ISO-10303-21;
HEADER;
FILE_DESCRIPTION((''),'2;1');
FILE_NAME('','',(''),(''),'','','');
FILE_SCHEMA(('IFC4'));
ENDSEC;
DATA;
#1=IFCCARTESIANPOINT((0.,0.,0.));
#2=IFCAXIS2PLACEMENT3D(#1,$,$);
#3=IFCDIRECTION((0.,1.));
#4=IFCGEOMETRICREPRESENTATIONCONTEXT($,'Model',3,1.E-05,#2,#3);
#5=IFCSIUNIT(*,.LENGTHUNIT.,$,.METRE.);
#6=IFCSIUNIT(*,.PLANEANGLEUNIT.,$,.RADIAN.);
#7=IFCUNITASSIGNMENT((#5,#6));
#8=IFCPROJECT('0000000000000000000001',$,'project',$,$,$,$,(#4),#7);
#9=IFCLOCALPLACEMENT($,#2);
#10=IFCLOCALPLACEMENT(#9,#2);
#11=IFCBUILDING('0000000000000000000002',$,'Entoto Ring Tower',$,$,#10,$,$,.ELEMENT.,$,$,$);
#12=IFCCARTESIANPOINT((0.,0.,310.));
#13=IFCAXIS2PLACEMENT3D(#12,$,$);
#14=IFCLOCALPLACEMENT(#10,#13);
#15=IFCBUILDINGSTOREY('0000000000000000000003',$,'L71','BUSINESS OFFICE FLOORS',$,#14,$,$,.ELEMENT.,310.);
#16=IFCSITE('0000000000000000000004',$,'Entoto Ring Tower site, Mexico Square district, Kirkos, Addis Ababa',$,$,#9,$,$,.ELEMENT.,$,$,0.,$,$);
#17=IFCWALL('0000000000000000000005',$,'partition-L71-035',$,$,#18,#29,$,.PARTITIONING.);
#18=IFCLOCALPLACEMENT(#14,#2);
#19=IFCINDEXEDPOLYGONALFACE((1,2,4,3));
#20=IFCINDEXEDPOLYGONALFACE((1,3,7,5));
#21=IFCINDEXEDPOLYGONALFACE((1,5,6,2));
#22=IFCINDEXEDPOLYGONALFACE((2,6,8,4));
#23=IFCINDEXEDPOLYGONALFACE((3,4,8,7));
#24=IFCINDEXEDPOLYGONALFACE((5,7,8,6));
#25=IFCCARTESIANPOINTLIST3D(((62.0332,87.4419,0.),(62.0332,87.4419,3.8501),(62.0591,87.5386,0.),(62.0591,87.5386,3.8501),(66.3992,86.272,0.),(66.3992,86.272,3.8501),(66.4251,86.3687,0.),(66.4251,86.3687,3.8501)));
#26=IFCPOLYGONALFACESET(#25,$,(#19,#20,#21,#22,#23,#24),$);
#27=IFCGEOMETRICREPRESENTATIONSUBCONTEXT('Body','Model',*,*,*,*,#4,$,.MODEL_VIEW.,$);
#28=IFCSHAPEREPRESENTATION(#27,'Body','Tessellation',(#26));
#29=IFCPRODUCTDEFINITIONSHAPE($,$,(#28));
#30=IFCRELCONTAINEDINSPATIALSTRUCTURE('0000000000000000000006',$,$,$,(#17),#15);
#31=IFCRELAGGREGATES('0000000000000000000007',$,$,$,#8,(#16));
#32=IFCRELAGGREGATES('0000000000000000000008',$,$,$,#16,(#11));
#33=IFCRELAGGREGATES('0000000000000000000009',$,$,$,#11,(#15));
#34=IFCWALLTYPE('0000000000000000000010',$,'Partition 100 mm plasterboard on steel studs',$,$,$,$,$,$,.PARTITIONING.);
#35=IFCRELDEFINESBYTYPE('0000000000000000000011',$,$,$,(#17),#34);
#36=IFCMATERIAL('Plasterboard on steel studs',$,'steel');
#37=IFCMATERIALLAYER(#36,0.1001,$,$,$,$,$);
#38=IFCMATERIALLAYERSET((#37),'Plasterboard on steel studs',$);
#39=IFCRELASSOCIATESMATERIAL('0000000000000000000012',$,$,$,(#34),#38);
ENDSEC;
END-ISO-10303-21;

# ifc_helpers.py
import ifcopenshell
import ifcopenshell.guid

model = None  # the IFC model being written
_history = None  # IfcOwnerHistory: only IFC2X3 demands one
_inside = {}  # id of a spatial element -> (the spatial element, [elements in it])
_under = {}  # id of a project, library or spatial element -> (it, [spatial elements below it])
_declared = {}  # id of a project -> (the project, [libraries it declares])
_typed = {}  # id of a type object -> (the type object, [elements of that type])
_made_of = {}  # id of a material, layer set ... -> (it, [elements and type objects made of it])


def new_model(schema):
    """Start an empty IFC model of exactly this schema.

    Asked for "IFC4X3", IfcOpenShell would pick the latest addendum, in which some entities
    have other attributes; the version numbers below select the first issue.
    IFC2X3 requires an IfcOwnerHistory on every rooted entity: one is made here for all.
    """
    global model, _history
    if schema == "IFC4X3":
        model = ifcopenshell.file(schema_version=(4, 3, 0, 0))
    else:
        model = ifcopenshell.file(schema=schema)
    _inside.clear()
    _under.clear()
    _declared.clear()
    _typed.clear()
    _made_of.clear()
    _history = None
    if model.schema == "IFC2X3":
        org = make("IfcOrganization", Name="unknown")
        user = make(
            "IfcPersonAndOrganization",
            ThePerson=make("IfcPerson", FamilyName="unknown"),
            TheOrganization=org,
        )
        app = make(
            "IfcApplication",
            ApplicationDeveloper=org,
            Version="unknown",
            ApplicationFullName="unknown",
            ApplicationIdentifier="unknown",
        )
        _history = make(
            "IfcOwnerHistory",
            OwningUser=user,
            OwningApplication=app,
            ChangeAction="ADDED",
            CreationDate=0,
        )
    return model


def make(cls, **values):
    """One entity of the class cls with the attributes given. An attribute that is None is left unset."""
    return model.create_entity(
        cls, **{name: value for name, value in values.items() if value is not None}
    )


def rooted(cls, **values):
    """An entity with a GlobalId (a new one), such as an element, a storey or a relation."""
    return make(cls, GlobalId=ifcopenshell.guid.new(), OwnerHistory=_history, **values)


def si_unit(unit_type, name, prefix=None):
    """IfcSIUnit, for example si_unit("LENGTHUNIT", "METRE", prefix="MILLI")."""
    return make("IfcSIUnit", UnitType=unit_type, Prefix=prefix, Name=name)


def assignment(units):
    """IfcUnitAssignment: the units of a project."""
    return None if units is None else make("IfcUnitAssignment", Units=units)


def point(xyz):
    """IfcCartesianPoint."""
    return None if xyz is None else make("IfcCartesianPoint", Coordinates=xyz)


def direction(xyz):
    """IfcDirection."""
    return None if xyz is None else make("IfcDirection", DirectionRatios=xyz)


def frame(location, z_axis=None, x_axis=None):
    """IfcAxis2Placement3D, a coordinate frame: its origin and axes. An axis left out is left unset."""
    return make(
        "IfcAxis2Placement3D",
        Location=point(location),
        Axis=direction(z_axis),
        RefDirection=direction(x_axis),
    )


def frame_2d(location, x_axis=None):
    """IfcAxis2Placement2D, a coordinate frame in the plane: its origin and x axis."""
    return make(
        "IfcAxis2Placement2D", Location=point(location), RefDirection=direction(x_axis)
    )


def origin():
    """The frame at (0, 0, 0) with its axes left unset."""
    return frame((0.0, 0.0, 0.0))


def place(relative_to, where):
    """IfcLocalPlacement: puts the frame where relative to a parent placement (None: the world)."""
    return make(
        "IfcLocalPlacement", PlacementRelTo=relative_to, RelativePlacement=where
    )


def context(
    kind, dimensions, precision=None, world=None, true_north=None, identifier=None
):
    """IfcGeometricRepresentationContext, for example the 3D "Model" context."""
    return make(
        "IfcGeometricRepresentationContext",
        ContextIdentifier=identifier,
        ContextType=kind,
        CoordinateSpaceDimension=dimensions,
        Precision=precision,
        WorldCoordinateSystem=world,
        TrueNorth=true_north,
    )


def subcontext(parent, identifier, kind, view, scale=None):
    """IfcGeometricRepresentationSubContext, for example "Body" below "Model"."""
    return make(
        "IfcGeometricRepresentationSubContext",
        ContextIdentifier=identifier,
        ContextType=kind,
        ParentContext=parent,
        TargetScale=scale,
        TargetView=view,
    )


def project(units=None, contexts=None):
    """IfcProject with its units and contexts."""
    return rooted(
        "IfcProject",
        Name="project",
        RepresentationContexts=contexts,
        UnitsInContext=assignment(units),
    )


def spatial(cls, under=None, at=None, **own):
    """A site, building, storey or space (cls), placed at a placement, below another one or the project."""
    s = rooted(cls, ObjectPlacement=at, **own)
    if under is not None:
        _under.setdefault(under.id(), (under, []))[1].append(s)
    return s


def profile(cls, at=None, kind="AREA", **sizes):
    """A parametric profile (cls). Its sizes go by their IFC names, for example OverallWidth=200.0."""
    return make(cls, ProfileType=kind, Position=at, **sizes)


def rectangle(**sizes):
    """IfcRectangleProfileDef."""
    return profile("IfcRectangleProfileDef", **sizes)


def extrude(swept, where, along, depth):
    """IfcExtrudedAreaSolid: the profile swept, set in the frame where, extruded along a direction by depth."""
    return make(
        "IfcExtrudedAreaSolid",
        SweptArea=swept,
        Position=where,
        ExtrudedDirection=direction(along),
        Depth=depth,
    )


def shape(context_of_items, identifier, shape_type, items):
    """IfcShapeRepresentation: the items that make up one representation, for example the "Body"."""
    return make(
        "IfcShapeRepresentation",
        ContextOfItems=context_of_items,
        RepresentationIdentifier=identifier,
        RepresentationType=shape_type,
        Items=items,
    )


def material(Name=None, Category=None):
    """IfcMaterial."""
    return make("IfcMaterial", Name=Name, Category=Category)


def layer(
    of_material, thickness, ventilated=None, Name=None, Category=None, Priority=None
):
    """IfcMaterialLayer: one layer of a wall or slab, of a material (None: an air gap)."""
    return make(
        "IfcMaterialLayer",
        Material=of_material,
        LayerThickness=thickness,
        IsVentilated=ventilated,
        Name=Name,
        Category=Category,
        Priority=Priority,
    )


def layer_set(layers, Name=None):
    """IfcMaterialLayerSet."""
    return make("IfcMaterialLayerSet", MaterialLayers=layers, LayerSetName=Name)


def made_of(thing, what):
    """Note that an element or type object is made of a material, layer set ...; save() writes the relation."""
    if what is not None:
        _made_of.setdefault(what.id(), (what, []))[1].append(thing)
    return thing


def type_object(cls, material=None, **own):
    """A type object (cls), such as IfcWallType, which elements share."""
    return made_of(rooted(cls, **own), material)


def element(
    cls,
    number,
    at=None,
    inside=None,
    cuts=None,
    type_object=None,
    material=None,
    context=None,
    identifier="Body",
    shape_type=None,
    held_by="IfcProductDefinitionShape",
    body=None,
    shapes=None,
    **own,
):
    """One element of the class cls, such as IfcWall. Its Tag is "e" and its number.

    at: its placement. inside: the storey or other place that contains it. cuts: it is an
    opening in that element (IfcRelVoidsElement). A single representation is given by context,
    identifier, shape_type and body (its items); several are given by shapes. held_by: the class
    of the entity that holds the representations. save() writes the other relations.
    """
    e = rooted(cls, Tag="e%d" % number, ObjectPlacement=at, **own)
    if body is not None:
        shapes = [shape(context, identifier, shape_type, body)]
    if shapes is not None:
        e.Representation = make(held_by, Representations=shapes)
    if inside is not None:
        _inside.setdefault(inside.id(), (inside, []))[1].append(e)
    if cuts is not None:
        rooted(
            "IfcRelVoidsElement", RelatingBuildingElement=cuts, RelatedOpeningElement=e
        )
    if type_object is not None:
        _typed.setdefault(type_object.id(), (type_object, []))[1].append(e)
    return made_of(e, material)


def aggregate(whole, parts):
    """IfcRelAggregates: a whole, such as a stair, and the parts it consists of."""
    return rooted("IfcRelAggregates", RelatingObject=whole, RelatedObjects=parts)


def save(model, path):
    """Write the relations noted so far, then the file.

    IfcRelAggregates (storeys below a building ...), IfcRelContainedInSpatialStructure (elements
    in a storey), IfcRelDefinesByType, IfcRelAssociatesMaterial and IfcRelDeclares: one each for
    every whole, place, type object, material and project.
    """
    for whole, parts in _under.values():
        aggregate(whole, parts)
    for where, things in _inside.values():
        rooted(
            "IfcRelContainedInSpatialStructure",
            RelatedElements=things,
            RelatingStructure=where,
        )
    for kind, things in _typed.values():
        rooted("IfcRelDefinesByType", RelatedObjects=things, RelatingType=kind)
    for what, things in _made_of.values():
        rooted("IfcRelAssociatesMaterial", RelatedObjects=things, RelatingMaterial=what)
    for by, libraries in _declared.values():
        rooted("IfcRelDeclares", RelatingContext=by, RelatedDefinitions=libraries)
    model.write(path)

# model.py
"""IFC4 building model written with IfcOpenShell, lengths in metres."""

from ifc_helpers import new_model, si_unit, direction, frame, frame_2d, origin, place, context, subcontext, project, spatial, rectangle, extrude, material, layer, layer_set, type_object, element, save


model = new_model("IFC4")

# Units and contexts
model_context = context("Model", 3, precision=1e-05, world=origin(), true_north=direction((0.0, 1.0)))
body_context = subcontext(model_context, "Body", "Model", "MODEL_VIEW")
ifc_project = project(units=[si_unit("LENGTHUNIT", "METRE"), si_unit("PLANEANGLEUNIT", "RADIAN")], contexts=[model_context])

# Site, building, storey
site_placement = place(None, origin())
site = spatial("IfcSite", under=ifc_project, at=site_placement, Name="Entoto Ring Tower site, Mexico Square district, Kirkos, Addis Ababa", CompositionType="ELEMENT", RefElevation=0.0)
building_placement = place(site_placement, origin())
building = spatial("IfcBuilding", under=site, at=building_placement, Name="Entoto Ring Tower", CompositionType="ELEMENT")
storey_placement = place(building_placement, frame((0.0, 0.0, 310.0)))
storey = spatial("IfcBuildingStorey", under=building, at=storey_placement, Name="L71", Description="BUSINESS OFFICE FLOORS", CompositionType="ELEMENT", Elevation=310.0)

# Wall
ifc_material_1 = material(Name="Plasterboard on steel studs", Category="steel")
ifc_layer_1 = layer(ifc_material_1, 0.1001)
ifc_layer_set_1 = layer_set([ifc_layer_1], Name="Plasterboard on steel studs")
wall_type_1 = type_object("IfcWallType", Name="Partition 100 mm plasterboard on steel studs", PredefinedType="PARTITIONING", material=ifc_layer_set_1)
wall_1_placement = place(storey_placement, frame((66.4121, 86.3203, 0.0), z_axis=(0.0, 0.0, 1.0), x_axis=(-0.965922, 0.258832, 0.0)))
element("IfcWall", 1, at=wall_1_placement, inside=storey, type_object=wall_type_1, Name="partition-L71-035", PredefinedType="PARTITIONING", context=body_context, shape_type="SweptSolid", body=[
    extrude(rectangle(XDim=4.52, YDim=0.1001, at=frame_2d((2.26, 0.0))), origin(), (0.0, 0.0, 1.0), 3.8501),
])

save(model, "model.ifc")
